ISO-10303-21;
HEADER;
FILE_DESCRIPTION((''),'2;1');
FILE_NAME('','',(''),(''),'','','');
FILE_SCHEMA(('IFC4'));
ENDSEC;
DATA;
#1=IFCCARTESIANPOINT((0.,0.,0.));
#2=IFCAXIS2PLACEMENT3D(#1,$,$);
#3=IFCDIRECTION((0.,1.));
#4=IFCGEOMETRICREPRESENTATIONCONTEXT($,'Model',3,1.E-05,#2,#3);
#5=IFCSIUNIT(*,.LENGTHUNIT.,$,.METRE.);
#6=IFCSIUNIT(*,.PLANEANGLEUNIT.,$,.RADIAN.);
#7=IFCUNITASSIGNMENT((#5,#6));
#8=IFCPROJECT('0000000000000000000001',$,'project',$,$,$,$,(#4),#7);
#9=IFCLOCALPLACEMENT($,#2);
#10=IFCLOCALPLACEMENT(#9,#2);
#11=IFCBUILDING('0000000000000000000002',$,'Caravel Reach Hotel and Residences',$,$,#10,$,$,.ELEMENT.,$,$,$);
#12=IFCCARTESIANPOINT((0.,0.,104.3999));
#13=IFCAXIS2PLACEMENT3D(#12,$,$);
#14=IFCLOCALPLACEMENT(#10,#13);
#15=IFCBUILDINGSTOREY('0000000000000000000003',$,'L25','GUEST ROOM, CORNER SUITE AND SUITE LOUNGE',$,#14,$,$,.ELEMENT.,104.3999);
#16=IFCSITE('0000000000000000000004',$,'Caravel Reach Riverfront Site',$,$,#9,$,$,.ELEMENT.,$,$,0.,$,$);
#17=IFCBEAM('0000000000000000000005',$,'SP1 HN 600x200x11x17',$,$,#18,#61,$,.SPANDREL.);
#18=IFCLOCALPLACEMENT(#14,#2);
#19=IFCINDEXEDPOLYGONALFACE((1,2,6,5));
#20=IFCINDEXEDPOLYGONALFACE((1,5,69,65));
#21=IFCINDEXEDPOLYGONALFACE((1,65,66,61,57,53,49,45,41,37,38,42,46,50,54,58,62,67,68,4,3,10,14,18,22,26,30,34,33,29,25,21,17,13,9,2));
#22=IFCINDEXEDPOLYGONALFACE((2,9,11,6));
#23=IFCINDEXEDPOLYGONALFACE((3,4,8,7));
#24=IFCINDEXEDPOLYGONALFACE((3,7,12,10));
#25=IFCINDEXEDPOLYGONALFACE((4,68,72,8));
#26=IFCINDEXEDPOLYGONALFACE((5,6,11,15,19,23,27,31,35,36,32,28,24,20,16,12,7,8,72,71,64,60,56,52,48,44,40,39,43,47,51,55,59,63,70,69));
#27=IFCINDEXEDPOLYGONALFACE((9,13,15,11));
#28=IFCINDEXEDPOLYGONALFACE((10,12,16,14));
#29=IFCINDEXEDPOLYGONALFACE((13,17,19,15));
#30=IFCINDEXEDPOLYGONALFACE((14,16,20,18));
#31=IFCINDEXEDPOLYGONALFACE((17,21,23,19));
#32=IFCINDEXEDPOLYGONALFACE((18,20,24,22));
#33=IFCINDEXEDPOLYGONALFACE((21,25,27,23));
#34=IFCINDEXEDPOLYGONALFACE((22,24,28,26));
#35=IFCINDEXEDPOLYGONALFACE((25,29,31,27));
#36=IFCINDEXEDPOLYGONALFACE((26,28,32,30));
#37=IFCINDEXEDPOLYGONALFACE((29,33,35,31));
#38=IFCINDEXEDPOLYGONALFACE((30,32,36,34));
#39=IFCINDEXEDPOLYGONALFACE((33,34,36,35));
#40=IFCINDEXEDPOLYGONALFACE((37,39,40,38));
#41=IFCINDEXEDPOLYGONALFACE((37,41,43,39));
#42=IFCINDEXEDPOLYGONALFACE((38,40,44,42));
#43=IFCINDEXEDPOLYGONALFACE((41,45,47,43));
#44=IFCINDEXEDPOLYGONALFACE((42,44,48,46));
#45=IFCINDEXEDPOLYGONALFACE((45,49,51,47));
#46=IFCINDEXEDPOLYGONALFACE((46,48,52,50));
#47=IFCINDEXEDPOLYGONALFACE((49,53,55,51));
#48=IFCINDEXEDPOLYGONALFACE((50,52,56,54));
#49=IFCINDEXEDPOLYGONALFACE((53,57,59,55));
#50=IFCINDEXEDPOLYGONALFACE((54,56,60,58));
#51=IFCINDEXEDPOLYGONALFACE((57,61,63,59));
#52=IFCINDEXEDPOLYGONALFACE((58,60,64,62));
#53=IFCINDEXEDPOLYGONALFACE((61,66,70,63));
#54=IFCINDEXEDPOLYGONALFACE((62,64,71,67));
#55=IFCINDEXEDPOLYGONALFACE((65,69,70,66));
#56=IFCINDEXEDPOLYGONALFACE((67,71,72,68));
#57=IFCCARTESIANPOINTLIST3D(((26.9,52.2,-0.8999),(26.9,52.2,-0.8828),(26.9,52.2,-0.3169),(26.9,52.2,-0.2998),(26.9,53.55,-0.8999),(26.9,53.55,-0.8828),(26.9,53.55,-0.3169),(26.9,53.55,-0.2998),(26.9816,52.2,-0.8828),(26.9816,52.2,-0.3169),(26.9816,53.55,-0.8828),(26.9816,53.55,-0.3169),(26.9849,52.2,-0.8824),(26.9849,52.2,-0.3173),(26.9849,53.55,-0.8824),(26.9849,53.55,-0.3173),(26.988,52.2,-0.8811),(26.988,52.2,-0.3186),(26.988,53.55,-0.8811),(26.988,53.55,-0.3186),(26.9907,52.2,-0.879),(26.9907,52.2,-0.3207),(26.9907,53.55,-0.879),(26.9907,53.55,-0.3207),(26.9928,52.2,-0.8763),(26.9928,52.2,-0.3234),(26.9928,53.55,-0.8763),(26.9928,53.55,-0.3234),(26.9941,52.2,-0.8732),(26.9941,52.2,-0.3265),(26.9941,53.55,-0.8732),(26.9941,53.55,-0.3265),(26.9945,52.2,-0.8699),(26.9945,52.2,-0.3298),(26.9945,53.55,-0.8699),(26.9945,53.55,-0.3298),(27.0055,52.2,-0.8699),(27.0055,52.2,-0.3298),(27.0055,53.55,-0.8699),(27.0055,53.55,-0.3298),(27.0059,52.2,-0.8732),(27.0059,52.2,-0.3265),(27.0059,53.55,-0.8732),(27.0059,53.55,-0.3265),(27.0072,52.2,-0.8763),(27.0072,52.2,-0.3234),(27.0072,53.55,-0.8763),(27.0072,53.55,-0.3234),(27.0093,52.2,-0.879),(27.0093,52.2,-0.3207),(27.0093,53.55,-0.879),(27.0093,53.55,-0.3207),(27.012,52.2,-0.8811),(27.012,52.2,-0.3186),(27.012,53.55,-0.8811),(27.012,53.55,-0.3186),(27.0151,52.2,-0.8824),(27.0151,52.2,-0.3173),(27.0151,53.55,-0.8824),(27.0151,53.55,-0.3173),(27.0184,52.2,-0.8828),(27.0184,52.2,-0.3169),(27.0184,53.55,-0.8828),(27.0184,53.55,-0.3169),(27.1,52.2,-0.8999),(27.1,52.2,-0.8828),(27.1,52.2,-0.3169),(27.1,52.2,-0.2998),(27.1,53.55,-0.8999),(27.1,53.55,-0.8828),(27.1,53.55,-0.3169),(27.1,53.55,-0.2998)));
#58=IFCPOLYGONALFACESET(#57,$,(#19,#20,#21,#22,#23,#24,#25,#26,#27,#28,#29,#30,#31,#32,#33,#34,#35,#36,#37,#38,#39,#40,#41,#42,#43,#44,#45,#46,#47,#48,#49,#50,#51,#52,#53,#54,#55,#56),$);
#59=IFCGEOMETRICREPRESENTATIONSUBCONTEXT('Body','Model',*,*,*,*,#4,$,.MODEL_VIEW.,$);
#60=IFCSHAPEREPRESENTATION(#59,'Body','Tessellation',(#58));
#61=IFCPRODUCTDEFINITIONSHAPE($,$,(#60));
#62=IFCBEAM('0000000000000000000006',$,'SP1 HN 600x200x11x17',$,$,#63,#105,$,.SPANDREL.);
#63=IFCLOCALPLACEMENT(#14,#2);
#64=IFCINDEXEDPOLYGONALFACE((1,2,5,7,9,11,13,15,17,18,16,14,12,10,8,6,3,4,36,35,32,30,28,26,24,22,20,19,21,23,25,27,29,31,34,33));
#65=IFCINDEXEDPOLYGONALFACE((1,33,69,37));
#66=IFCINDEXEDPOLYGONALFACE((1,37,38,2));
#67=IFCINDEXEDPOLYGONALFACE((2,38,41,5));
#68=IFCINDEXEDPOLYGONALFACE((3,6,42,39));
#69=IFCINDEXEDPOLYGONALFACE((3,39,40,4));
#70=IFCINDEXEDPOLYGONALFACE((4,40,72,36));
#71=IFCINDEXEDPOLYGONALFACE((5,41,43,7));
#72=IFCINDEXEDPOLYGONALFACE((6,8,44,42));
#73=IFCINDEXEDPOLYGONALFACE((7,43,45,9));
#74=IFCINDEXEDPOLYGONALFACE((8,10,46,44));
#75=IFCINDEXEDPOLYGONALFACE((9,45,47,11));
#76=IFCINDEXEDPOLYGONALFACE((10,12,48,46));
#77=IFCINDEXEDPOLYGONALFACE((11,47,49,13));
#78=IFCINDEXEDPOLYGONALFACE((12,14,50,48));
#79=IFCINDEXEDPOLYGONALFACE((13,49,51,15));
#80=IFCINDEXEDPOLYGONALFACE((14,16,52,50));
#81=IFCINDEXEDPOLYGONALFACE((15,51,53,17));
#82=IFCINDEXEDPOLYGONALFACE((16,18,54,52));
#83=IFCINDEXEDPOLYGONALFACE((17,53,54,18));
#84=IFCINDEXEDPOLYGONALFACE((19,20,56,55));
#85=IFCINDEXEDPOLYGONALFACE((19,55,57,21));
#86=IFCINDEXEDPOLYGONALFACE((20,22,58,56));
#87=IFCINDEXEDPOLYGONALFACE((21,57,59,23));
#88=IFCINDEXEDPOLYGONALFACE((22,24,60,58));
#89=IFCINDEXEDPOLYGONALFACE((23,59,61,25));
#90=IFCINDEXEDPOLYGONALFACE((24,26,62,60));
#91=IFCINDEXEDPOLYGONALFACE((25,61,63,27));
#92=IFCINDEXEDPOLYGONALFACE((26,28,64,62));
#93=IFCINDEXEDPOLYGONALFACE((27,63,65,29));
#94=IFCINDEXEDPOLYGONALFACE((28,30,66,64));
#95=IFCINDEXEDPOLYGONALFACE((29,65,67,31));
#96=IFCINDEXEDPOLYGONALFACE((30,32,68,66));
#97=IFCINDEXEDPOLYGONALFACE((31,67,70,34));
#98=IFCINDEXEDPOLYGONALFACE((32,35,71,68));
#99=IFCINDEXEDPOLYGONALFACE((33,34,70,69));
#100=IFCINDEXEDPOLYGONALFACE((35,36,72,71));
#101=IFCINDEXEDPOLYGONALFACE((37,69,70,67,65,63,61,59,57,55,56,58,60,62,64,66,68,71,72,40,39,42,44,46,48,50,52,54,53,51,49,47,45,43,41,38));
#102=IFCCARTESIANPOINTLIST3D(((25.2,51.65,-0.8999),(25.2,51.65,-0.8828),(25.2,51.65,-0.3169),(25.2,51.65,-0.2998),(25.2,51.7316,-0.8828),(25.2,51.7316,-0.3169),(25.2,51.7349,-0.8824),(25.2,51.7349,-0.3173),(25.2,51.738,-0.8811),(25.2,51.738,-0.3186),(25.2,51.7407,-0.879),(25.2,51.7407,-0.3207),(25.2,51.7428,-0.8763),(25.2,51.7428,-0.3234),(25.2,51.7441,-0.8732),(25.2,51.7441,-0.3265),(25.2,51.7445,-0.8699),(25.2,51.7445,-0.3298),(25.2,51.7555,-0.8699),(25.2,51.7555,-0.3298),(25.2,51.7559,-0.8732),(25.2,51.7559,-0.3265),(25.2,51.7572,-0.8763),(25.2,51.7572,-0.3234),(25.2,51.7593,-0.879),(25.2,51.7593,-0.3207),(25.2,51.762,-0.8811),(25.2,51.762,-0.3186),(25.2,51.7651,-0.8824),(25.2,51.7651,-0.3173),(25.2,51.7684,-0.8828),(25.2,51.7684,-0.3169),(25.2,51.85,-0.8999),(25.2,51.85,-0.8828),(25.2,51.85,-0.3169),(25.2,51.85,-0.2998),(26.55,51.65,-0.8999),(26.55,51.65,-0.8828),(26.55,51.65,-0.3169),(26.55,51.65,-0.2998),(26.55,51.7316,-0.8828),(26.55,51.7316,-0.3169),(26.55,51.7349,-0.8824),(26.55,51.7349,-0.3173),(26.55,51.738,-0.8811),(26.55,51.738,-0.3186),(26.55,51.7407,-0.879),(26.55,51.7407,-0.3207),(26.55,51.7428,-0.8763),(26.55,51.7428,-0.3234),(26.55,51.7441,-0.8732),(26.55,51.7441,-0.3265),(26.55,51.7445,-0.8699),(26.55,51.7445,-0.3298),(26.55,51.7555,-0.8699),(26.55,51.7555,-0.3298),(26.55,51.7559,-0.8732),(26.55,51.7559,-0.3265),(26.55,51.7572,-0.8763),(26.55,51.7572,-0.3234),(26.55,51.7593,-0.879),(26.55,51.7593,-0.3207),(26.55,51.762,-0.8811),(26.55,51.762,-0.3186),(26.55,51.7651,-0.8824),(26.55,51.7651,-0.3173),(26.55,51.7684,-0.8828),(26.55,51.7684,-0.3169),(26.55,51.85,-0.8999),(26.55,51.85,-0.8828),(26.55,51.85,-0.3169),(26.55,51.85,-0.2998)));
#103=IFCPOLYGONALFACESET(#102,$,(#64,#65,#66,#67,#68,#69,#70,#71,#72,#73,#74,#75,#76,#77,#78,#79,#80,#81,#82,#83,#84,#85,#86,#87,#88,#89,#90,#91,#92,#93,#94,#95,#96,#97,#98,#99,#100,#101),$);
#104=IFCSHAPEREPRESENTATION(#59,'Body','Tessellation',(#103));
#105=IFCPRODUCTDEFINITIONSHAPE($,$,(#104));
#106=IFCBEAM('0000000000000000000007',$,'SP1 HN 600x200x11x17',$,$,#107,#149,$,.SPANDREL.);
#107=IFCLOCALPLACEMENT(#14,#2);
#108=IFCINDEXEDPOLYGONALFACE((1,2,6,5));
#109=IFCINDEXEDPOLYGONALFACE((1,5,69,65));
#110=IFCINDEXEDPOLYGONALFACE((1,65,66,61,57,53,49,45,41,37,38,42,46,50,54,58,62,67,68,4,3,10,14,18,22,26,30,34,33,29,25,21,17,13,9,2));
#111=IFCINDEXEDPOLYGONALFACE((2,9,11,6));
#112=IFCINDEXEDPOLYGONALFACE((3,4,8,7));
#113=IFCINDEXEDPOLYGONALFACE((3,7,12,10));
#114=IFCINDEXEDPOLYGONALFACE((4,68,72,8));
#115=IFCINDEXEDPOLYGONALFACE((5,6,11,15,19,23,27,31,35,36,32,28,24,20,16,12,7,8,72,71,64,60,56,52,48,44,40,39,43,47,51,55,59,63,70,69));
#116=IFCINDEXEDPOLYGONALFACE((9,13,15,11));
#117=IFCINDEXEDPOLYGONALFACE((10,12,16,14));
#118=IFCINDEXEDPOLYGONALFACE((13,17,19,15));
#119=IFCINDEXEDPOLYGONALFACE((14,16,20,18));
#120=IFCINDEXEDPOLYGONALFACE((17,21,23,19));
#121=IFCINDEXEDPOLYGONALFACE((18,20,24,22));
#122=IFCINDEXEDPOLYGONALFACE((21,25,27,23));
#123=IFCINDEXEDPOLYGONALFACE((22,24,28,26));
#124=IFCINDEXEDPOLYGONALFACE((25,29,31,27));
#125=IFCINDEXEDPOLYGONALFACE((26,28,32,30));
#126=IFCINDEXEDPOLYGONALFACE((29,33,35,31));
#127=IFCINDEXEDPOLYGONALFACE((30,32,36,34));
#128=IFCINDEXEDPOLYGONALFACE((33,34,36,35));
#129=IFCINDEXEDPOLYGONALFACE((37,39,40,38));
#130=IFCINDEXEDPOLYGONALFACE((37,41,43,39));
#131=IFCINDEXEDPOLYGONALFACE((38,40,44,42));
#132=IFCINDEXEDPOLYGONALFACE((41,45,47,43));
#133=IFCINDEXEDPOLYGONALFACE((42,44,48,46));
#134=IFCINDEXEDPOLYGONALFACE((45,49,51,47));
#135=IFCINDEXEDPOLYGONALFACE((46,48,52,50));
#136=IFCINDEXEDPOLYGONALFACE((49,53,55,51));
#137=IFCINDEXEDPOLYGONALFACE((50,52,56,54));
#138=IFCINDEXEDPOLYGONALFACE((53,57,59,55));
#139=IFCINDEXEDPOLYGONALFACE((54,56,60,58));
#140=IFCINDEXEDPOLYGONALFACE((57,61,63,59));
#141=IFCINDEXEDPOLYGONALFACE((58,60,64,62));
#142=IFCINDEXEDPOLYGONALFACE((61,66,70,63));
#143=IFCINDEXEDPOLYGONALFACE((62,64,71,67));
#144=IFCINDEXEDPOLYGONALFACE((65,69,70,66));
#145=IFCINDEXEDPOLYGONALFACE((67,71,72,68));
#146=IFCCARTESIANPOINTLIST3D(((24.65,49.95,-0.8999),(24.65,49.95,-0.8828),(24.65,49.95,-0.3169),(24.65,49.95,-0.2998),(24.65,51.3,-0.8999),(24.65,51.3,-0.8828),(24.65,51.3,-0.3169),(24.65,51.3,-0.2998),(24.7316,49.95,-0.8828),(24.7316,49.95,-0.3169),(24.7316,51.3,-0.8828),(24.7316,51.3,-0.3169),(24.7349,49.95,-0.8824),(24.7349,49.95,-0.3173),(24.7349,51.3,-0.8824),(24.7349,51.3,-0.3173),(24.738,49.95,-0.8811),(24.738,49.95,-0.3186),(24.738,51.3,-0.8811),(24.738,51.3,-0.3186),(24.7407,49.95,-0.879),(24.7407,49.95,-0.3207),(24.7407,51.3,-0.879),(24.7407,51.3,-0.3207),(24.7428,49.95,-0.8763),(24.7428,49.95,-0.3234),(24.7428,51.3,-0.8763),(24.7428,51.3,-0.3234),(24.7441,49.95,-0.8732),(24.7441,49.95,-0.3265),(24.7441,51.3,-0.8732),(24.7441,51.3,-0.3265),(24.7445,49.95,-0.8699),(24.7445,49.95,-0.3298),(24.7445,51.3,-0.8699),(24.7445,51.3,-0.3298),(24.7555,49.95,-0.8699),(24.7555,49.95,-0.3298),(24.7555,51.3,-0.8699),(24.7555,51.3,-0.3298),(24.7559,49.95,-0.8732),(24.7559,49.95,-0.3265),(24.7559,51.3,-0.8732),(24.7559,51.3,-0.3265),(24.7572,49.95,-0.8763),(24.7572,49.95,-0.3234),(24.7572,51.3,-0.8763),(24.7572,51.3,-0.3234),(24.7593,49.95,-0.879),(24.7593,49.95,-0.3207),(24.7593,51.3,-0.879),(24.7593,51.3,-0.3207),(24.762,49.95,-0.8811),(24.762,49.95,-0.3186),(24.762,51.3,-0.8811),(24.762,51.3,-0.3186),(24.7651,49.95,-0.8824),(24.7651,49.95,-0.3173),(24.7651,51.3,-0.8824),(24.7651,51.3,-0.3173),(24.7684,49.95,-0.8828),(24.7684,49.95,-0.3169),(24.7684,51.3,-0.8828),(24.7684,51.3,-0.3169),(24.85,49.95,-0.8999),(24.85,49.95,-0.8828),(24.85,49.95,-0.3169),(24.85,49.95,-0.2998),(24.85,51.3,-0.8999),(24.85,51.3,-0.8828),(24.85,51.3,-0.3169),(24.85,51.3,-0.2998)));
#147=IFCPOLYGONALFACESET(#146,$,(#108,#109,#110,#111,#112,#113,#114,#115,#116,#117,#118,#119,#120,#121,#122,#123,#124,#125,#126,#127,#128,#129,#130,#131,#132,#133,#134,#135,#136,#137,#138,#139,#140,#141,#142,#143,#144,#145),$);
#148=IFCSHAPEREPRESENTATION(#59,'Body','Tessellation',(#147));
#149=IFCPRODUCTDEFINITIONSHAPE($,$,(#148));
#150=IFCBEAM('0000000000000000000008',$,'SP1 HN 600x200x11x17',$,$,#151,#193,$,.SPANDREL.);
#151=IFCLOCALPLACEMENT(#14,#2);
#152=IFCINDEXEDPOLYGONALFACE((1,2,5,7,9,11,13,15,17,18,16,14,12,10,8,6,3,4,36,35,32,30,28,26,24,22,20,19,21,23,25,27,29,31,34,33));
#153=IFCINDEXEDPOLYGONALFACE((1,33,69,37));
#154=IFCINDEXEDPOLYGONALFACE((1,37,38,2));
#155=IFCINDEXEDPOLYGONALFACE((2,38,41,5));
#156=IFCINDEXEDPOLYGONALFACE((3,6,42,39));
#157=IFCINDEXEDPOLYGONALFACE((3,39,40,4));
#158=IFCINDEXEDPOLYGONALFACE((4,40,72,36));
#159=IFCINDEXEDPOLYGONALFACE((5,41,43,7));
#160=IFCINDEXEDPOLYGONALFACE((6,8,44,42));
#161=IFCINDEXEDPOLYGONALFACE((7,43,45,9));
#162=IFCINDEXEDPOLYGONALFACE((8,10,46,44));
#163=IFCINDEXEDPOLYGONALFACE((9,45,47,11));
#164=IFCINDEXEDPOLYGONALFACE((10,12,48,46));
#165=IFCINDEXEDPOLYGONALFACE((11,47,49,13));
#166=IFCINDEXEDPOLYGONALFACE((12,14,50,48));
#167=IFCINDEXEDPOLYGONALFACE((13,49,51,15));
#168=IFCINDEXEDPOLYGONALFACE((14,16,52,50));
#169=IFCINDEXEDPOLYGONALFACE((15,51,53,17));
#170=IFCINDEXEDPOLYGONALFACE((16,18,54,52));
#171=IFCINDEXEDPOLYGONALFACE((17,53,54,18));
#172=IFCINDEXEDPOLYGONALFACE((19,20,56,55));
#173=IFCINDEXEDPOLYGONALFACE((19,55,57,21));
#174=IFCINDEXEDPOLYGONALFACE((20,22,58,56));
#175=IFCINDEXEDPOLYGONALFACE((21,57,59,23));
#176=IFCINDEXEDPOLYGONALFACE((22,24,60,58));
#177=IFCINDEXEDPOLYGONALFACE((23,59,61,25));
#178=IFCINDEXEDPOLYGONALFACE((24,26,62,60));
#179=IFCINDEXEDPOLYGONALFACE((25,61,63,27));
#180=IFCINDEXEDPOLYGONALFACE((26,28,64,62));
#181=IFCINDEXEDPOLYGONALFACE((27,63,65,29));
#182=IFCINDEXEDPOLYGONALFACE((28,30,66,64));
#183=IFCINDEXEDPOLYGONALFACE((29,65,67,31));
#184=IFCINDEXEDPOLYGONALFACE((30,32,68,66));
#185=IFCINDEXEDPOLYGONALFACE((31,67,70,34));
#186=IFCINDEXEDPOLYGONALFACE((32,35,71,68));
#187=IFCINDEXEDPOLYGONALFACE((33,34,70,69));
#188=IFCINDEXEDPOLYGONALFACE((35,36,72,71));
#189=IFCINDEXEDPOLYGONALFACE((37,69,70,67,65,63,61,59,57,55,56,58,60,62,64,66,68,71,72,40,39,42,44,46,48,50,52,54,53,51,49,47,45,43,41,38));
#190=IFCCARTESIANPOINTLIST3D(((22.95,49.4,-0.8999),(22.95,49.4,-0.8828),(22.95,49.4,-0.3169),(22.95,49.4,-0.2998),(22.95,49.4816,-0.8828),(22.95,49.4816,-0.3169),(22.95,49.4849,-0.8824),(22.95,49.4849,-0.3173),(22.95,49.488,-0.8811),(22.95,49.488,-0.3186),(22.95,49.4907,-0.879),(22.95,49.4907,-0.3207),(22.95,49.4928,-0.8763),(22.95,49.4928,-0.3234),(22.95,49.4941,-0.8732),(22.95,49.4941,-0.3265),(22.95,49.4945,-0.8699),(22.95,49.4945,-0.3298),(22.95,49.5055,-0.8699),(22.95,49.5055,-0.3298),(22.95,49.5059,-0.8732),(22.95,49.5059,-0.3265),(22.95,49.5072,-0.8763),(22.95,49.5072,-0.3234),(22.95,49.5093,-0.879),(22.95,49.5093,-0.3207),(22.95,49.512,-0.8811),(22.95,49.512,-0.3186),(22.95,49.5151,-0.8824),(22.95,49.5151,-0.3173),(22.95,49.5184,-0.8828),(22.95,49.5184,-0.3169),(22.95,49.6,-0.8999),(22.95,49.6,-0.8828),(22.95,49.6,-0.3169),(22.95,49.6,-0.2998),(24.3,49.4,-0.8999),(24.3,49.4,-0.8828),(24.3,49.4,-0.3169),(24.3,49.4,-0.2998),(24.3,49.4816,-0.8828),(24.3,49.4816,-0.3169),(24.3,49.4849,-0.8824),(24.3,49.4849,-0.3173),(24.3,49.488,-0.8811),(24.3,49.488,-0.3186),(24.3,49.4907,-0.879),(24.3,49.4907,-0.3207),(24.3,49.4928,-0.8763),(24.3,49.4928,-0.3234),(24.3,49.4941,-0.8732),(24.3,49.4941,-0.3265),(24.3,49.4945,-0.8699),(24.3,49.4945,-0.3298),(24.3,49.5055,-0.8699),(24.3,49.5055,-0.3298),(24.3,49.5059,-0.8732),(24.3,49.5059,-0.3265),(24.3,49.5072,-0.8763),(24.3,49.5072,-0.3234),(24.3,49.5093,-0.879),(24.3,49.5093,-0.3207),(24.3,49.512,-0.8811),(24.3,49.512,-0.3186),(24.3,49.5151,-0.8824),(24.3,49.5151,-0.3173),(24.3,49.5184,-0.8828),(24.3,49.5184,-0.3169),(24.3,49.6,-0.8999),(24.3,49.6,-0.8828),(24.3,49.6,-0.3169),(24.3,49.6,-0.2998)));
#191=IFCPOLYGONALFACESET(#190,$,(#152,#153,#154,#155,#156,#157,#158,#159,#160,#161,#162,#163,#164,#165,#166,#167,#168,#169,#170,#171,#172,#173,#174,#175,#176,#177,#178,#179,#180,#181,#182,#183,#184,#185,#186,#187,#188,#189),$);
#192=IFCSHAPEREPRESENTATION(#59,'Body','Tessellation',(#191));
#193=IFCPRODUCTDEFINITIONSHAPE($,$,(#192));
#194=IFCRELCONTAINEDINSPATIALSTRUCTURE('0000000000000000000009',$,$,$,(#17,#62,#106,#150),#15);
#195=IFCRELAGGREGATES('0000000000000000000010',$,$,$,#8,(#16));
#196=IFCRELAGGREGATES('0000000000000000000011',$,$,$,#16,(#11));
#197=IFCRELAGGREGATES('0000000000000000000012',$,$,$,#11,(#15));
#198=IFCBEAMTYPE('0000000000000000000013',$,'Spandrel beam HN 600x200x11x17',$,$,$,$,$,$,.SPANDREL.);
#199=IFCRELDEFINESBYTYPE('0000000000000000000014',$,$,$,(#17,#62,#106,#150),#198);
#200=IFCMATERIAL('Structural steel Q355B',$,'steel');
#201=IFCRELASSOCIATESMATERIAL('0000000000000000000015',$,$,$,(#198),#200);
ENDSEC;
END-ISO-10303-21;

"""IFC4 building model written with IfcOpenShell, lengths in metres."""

from ifc_helpers import new_model, si_unit, direction, frame, origin, origin_2d, place, context, subcontext, project, spatial, i_section, extrude, material, material_profile, profile_set, type_object, element, save


model = new_model("IFC4")

# Units and contexts
model_context = context("Model", 3, precision=1e-05, world=origin(), true_north=direction((0.0, 1.0)))
body_context = subcontext(model_context, "Body", "Model", "MODEL_VIEW")
ifc_project = project(units=[si_unit("LENGTHUNIT", "METRE"), si_unit("PLANEANGLEUNIT", "RADIAN")], contexts=[model_context])

# Site, building, storey
site_placement = place(None, origin())
site = spatial("IfcSite", under=ifc_project, at=site_placement, Name="Caravel Reach Riverfront Site", CompositionType="ELEMENT", RefElevation=0.0)
building_placement = place(site_placement, origin())
building = spatial("IfcBuilding", under=site, at=building_placement, Name="Caravel Reach Hotel and Residences", CompositionType="ELEMENT")
storey_placement = place(building_placement, frame((0.0, 0.0, 104.3999)))
storey = spatial("IfcBuildingStorey", under=building, at=storey_placement, Name="L25", Description="GUEST ROOM, CORNER SUITE AND SUITE LOUNGE", CompositionType="ELEMENT", Elevation=104.3999)

# Beams
ifc_material_1 = material(Name="Structural steel Q355B", Category="steel")
ifc_material_profile_1 = material_profile(ifc_material_1, i_section(OverallWidth=0.2, OverallDepth=0.6001, WebThickness=0.011, FlangeThickness=0.0171, FilletRadius=0.0129, at=origin_2d()), Name="HN 600x200x11x17")
ifc_profile_set_1 = profile_set([ifc_material_profile_1], Name="Structural steel Q355B")
beam_type_1 = type_object("IfcBeamType", Name="Spandrel beam HN 600x200x11x17", PredefinedType="SPANDREL", material=ifc_profile_set_1)
for number, where, z_axis, x_axis, name in (
    (1, (27.0, 53.55, -0.5999), (0.0, -1.0, 0.0), (1.0, 0.0, 0.0), "SP1 HN 600x200x11x17"),
    (2, (26.55, 51.75, -0.5999), (-1.0, 0.0, 0.0), (0.0, -1.0, 0.0), "SP1 HN 600x200x11x17"),
    (3, (24.75, 51.3, -0.5999), (0.0, -1.0, 0.0), (1.0, 0.0, 0.0), "SP1 HN 600x200x11x17"),
    (4, (24.3, 49.5, -0.5999), (-1.0, 0.0, 0.0), (0.0, -1.0, 0.0), "SP1 HN 600x200x11x17"),
):
    element("IfcBeam", number, at=place(storey_placement, frame(where, z_axis=z_axis, x_axis=x_axis)), inside=storey, type_object=beam_type_1, Name=name, PredefinedType="SPANDREL", context=body_context, shape_type="SweptSolid", body=[
        extrude(i_section(OverallWidth=0.2, OverallDepth=0.6001, WebThickness=0.011, FlangeThickness=0.0171, FilletRadius=0.0129, at=origin_2d()), origin(), (0.0, 0.0, 1.0), 1.3501),
    ])

save(model, "model.ifc")
